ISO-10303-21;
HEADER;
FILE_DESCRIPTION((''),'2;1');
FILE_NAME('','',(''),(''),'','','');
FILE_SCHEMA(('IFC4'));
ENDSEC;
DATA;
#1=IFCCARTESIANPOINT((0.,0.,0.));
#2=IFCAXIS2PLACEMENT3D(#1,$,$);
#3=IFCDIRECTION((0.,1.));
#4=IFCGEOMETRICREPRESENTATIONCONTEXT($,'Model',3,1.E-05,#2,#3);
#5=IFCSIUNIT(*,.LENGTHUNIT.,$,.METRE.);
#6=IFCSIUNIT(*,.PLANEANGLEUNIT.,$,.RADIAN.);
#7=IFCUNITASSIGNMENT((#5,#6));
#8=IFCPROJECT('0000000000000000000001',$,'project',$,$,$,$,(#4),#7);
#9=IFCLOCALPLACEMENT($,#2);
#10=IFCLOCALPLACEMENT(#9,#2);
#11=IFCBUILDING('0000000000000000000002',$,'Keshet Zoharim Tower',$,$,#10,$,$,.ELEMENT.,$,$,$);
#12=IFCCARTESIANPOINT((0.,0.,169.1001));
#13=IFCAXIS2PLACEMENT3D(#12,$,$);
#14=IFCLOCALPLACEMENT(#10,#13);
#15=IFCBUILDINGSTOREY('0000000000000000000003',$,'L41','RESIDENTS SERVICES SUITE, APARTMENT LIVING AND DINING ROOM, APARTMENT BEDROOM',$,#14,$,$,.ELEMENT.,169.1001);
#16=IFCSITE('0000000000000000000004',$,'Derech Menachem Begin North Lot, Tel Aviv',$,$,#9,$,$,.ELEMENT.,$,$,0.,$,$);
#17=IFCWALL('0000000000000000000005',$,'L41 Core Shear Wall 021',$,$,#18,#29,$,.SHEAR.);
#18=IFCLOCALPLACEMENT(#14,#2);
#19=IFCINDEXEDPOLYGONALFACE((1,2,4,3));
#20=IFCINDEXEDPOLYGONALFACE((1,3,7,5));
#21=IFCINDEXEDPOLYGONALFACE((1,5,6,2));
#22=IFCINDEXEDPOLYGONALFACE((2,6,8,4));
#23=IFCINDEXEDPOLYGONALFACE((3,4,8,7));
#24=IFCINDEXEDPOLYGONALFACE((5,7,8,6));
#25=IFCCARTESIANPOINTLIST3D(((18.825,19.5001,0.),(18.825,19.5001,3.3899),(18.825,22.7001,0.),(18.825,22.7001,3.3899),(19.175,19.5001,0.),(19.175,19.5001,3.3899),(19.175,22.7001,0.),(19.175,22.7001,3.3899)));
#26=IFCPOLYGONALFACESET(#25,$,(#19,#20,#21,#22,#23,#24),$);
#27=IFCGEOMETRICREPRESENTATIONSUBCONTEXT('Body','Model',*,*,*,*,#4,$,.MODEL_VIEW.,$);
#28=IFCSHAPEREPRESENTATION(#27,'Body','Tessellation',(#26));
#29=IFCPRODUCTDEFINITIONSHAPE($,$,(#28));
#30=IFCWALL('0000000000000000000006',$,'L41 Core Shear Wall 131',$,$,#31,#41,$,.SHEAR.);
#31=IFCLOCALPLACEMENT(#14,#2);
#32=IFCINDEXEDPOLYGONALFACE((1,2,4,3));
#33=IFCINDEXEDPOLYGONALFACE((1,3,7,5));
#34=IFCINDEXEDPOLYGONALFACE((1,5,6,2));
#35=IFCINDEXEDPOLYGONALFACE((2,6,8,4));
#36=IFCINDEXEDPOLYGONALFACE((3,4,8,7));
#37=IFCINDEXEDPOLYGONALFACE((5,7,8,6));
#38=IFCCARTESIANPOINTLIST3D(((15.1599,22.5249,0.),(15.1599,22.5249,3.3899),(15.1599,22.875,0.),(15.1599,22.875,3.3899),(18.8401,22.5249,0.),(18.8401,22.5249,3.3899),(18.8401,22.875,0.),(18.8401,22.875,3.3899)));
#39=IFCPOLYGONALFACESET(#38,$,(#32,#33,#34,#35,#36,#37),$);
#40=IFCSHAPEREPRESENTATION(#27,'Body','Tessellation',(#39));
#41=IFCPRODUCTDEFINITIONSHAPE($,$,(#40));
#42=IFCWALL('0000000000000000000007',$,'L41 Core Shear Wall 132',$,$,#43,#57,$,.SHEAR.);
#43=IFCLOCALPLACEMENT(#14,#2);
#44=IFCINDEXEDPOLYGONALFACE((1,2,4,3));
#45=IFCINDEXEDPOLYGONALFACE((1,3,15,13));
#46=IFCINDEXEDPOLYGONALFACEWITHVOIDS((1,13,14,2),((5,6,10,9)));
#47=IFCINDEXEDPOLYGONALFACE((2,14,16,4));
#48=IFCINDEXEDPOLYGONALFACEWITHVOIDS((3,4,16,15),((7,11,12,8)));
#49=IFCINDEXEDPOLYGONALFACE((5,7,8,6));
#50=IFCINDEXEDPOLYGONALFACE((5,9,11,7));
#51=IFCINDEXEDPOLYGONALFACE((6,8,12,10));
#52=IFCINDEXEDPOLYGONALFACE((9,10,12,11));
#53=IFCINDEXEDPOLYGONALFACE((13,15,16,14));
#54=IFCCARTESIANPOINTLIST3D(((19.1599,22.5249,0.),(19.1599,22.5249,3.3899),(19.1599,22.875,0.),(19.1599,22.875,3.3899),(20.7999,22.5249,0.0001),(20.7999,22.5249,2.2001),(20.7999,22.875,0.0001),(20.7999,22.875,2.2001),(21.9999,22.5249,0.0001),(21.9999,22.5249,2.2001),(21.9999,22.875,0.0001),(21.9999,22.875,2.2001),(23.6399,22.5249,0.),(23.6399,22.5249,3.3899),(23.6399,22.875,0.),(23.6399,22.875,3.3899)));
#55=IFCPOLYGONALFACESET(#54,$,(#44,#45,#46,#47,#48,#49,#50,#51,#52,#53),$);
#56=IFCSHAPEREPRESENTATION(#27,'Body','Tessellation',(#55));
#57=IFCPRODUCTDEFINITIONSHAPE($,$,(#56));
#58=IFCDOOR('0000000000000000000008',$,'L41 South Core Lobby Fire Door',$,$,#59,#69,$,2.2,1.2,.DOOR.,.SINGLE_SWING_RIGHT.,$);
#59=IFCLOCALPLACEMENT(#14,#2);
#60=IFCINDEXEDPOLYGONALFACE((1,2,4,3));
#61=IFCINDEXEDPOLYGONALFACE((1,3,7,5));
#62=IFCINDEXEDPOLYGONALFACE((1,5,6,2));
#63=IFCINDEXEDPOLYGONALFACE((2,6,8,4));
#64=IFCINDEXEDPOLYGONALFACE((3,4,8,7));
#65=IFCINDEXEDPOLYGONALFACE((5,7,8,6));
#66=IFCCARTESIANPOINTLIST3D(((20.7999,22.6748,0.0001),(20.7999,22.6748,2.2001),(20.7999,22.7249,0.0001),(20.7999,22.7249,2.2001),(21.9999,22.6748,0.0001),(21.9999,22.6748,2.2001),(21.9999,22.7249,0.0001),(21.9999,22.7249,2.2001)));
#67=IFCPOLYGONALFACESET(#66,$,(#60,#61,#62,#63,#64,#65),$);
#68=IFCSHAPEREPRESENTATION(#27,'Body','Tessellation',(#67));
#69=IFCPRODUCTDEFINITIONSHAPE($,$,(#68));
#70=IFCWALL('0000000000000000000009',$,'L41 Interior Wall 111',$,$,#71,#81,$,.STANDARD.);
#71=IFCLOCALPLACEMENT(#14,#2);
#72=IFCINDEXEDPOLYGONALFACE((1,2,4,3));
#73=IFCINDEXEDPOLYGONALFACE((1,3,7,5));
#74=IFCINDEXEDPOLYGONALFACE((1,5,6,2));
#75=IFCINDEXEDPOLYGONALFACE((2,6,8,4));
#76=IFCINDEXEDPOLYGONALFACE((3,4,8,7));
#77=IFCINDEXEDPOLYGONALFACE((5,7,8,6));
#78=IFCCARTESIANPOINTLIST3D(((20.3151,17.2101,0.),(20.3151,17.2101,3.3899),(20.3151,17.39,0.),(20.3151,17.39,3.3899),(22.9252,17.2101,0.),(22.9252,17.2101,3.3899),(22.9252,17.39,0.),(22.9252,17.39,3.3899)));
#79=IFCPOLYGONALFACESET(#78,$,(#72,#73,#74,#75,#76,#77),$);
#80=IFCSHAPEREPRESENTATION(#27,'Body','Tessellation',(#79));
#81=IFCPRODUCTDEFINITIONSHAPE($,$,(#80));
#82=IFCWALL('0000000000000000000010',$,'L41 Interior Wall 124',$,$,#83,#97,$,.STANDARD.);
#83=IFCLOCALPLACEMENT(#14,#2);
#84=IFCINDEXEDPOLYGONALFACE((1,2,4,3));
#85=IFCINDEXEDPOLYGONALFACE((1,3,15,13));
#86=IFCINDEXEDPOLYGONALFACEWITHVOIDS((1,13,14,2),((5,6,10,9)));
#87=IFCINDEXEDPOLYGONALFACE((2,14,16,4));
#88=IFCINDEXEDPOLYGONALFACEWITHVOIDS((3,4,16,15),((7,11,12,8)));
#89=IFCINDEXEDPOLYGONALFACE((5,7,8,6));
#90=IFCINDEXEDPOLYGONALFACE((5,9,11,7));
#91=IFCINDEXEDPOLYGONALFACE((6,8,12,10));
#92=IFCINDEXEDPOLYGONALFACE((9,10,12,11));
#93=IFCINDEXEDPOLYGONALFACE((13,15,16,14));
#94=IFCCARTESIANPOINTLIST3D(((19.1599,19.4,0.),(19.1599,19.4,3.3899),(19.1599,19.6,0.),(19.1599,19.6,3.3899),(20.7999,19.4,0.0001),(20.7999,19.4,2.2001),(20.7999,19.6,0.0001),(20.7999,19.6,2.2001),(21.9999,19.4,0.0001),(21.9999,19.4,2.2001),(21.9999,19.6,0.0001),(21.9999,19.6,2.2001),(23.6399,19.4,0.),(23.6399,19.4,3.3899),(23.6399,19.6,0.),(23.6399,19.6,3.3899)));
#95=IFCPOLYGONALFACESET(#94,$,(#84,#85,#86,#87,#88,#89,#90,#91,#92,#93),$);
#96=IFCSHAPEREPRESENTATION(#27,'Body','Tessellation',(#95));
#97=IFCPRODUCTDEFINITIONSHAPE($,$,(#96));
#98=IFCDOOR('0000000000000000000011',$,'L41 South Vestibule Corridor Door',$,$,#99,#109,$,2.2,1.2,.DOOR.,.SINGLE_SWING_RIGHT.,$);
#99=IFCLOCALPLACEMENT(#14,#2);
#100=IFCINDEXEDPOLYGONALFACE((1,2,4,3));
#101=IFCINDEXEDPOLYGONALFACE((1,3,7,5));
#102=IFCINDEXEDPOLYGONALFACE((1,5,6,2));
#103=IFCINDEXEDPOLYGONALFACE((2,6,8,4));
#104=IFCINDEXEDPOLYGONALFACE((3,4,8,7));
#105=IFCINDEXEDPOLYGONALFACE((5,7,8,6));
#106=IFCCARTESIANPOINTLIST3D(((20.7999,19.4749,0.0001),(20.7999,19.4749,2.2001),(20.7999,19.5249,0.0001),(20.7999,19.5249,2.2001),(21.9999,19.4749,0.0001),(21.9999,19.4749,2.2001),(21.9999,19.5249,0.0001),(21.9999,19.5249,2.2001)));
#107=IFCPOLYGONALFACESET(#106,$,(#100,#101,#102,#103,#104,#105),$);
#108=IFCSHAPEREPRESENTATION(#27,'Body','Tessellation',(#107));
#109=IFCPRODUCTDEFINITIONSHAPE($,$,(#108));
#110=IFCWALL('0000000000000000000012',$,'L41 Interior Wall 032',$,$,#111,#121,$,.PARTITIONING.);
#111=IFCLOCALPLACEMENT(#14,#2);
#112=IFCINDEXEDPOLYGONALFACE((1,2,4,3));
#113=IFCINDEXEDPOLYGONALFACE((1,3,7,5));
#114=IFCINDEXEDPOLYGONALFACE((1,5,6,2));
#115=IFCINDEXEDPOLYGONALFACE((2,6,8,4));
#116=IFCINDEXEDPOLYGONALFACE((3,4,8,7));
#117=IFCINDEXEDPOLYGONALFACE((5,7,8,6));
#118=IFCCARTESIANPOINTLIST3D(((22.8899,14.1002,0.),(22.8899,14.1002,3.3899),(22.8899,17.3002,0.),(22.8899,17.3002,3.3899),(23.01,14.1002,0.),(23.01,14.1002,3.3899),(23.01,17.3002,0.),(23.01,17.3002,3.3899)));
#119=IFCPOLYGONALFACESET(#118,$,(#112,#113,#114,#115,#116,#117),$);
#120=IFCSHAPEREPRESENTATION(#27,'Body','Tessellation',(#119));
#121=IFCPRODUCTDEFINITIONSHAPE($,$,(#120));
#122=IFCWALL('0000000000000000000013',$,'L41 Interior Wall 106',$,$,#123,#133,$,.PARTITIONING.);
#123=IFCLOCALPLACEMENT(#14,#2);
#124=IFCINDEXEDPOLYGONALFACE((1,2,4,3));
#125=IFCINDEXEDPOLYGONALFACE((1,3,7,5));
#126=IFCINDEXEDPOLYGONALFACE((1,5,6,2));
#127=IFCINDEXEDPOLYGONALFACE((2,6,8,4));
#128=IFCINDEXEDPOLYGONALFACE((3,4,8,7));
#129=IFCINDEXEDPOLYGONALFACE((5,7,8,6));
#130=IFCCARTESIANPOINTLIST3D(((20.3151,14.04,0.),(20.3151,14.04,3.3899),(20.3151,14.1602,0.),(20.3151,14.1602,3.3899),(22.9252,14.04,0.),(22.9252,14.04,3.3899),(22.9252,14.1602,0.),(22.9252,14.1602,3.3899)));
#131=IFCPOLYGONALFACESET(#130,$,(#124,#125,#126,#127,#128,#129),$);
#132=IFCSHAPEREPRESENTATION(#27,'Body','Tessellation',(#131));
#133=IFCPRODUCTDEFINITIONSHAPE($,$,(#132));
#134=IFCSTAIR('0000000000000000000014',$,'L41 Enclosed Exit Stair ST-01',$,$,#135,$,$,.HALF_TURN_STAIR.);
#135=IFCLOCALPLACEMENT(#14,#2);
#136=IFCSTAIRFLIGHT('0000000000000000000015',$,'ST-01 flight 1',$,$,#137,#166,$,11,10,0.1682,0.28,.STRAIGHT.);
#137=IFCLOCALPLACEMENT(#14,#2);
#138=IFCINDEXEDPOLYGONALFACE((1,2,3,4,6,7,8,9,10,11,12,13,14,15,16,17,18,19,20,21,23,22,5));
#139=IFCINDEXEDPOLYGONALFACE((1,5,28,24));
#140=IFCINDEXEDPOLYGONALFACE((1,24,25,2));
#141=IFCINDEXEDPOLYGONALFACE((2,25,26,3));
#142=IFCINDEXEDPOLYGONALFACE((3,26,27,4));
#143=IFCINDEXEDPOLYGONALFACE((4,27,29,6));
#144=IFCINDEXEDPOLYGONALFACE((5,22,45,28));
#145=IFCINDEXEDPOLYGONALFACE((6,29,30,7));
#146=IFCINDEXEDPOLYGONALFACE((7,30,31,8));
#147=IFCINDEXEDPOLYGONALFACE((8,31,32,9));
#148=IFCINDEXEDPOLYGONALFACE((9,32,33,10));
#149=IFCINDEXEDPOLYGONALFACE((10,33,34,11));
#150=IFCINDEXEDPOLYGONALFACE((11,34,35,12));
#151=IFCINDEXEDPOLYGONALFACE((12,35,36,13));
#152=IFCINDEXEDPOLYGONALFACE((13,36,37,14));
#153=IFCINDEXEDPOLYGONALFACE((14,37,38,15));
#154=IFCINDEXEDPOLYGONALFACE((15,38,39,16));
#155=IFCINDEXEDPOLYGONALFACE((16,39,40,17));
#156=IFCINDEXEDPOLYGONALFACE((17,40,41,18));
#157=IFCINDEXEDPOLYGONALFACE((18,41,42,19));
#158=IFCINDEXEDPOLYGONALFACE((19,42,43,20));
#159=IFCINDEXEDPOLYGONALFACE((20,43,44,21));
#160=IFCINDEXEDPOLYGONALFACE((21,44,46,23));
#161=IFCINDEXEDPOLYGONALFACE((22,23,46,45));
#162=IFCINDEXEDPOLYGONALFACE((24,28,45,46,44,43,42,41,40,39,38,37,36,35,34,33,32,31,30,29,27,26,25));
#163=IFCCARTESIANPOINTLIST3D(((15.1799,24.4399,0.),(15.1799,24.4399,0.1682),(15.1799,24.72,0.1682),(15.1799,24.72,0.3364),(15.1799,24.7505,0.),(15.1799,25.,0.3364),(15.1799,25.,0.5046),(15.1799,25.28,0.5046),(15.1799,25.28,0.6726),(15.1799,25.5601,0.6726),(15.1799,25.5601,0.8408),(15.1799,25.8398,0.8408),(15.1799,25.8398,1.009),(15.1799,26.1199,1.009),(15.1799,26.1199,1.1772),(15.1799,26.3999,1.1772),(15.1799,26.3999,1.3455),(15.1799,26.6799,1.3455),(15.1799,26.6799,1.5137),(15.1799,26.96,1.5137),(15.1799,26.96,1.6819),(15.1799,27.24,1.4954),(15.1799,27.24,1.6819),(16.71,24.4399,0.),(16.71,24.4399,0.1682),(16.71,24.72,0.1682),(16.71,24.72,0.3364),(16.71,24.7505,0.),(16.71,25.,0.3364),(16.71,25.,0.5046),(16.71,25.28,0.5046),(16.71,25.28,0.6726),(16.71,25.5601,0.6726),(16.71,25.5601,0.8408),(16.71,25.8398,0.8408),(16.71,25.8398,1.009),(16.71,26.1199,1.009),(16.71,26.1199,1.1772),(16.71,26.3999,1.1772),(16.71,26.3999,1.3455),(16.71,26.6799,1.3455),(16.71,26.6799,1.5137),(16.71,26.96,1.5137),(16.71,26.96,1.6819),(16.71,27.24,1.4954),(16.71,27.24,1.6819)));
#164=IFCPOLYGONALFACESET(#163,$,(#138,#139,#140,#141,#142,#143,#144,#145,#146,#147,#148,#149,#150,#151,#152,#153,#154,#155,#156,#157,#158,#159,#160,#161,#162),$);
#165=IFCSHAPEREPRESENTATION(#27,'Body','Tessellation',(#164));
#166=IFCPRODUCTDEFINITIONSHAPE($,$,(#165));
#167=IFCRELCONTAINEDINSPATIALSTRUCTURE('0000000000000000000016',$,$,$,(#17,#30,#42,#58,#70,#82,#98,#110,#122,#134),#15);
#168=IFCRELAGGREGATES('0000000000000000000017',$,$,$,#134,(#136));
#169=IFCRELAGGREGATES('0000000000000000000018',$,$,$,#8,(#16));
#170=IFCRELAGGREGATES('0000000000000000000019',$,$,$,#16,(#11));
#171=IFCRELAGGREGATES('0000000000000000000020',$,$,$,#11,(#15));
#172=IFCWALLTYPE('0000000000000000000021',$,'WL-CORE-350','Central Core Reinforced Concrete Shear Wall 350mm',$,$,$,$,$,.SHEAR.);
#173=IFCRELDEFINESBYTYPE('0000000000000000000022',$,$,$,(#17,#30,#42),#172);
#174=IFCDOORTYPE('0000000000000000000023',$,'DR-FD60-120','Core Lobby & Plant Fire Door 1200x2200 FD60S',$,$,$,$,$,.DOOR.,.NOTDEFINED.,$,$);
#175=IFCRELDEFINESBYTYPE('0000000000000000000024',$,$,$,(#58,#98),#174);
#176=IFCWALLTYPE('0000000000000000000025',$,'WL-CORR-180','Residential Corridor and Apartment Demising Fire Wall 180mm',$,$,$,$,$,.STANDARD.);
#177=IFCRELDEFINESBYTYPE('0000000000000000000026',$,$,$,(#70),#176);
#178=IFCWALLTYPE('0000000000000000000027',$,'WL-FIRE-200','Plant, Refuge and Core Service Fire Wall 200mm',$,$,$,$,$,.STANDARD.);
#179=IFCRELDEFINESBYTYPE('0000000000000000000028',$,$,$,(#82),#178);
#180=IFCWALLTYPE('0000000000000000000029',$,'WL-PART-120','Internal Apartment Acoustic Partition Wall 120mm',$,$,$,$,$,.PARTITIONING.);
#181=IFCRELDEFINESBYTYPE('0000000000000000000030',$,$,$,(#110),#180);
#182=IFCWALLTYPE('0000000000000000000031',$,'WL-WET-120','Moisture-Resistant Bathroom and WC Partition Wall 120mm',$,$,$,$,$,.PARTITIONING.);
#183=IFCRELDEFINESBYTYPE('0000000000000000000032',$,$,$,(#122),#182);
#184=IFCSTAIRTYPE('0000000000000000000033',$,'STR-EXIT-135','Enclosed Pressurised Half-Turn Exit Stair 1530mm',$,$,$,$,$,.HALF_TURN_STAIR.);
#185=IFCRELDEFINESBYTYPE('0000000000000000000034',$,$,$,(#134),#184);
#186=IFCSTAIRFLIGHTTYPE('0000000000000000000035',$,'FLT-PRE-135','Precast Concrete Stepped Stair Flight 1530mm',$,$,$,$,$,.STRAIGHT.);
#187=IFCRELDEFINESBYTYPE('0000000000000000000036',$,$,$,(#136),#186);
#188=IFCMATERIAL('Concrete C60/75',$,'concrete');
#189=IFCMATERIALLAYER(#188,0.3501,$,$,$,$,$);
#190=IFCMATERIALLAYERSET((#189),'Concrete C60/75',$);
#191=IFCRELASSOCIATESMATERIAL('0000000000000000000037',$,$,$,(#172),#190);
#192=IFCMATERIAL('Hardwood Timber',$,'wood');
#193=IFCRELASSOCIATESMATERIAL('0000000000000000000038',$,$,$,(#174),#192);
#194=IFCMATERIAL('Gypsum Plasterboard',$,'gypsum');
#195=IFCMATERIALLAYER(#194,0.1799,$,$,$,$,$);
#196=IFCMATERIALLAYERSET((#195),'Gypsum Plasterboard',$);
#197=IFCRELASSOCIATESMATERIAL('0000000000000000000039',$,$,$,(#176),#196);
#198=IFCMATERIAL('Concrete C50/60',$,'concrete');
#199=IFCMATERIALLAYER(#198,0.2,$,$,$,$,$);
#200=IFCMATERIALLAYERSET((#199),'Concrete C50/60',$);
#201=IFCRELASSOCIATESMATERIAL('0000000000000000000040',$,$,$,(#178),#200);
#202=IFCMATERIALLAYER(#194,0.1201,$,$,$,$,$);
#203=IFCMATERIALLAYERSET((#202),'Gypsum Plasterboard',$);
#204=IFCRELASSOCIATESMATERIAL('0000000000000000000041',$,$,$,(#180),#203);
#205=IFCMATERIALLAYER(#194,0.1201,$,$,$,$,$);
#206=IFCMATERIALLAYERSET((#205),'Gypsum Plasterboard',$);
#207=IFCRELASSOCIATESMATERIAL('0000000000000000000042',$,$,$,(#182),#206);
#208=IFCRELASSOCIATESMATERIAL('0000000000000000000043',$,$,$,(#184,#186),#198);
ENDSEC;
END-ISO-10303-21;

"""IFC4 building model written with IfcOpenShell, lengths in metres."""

from ifc_helpers import new_model, si_unit, direction, frame, frame_2d, origin, place, context, subcontext, project, spatial, polyline, rectangle, outline, extrude, material, layer, layer_set, type_object, element, fill, aggregate, save


model = new_model("IFC4")

# Units and contexts
model_context = context("Model", 3, precision=1e-05, world=origin(), true_north=direction((0.0, 1.0)))
body_context = subcontext(model_context, "Body", "Model", "MODEL_VIEW")
ifc_project = project(units=[si_unit("LENGTHUNIT", "METRE"), si_unit("PLANEANGLEUNIT", "RADIAN")], contexts=[model_context])

# Site, building, storey
site_placement = place(None, origin())
site = spatial("IfcSite", under=ifc_project, at=site_placement, Name="Derech Menachem Begin North Lot, Tel Aviv", CompositionType="ELEMENT", RefElevation=0.0)
building_placement = place(site_placement, origin())
building = spatial("IfcBuilding", under=site, at=building_placement, Name="Keshet Zoharim Tower", CompositionType="ELEMENT")
storey_placement = place(building_placement, frame((0.0, 0.0, 169.1001)))
storey = spatial("IfcBuildingStorey", under=building, at=storey_placement, Name="L41", Description="RESIDENTS SERVICES SUITE, APARTMENT LIVING AND DINING ROOM, APARTMENT BEDROOM", CompositionType="ELEMENT", Elevation=169.1001)

# Wall
ifc_material_1 = material(Name="Concrete C60/75", Category="concrete")
ifc_layer_1 = layer(ifc_material_1, 0.3501)
ifc_layer_set_1 = layer_set([ifc_layer_1], Name="Concrete C60/75")
wall_type_1 = type_object("IfcWallType", Name="WL-CORE-350", Description="Central Core Reinforced Concrete Shear Wall 350mm", PredefinedType="SHEAR", material=ifc_layer_set_1)
wall_1_placement = place(storey_placement, frame((19.0, 19.5, 0.0), z_axis=(0.0, 0.0, 1.0), x_axis=(0.0, 1.0, 0.0)))
element("IfcWall", 1, at=wall_1_placement, inside=storey, type_object=wall_type_1, Name="L41 Core Shear Wall 021", PredefinedType="SHEAR", context=body_context, shape_type="SweptSolid", body=[
    extrude(rectangle(XDim=3.2, YDim=0.3501, at=frame_2d((1.6001, 0.0))), origin(), (0.0, 0.0, 1.0), 3.3899),
])

# Shared definitions
ifc_material_2 = material(Name="Hardwood Timber", Category="wood")

# Wall
wall_2_placement = place(storey_placement, frame((15.1599, 22.7, 0.0), z_axis=(0.0, 0.0, 1.0), x_axis=(1.0, 0.0, 0.0)))
element("IfcWall", 2, at=wall_2_placement, inside=storey, type_object=wall_type_1, Name="L41 Core Shear Wall 131", PredefinedType="SHEAR", context=body_context, shape_type="SweptSolid", body=[
    extrude(rectangle(XDim=3.6802, YDim=0.3501, at=frame_2d((1.8401, 0.0))), origin(), (0.0, 0.0, 1.0), 3.3899),
])

# Wall, opening, door
wall_3_placement = place(storey_placement, frame((19.1599, 22.7, 0.0), z_axis=(0.0, 0.0, 1.0), x_axis=(1.0, 0.0, 0.0)))
wall_3 = element("IfcWall", 3, at=wall_3_placement, inside=storey, type_object=wall_type_1, Name="L41 Core Shear Wall 132", PredefinedType="SHEAR", context=body_context, shape_type="SweptSolid", body=[
    extrude(rectangle(XDim=4.48, YDim=0.3501, at=frame_2d((2.24, 0.0))), origin(), (0.0, 0.0, 1.0), 3.3899),
])
opening_1_placement = place(wall_3_placement, frame((1.6399, 0.0, 0.0)))
opening_1 = element("IfcOpeningElement", 4, at=opening_1_placement, cuts=wall_3, PredefinedType="OPENING", context=body_context, shape_type="SweptSolid", body=[
    extrude(rectangle(XDim=1.2, YDim=2.2, at=frame_2d((0.6001, 1.1001))), frame((0.0, 0.1851, 0.0), z_axis=(0.0, -1.0, 0.0), x_axis=(1.0, 0.0, 0.0)), (0.0, 0.0, 1.0), 0.3701),
])
door_type_1 = type_object("IfcDoorType", Name="DR-FD60-120", Description="Core Lobby & Plant Fire Door 1200x2200 FD60S", OperationType="NOTDEFINED", PredefinedType="DOOR", material=ifc_material_2)
door_1_placement = place(opening_1_placement, origin())
door_1 = element("IfcDoor", 5, at=door_1_placement, inside=storey, type_object=door_type_1, Name="L41 South Core Lobby Fire Door", OperationType="SINGLE_SWING_RIGHT", OverallHeight=2.2, OverallWidth=1.2, PredefinedType="DOOR", context=body_context, shape_type="SweptSolid", body=[
    extrude(rectangle(XDim=1.2, YDim=2.2, at=frame_2d((0.6001, 1.1001))), frame((0.0, 0.0249, 0.0), z_axis=(0.0, -1.0, 0.0), x_axis=(1.0, 0.0, 0.0)), (0.0, 0.0, 1.0), 0.05),
])
fill(opening_1, door_1)

# Wall
ifc_material_3 = material(Name="Gypsum Plasterboard", Category="gypsum")
ifc_layer_2 = layer(ifc_material_3, 0.1799)
ifc_layer_set_2 = layer_set([ifc_layer_2], Name="Gypsum Plasterboard")
wall_type_2 = type_object("IfcWallType", Name="WL-CORR-180", Description="Residential Corridor and Apartment Demising Fire Wall 180mm", PredefinedType="STANDARD", material=ifc_layer_set_2)
wall_4_placement = place(storey_placement, frame((20.3149, 17.3, 0.0), z_axis=(0.0, 0.0, 1.0), x_axis=(1.0, 0.0, 0.0)))
element("IfcWall", 6, at=wall_4_placement, inside=storey, type_object=wall_type_2, Name="L41 Interior Wall 111", PredefinedType="STANDARD", context=body_context, shape_type="SweptSolid", body=[
    extrude(rectangle(XDim=2.6101, YDim=0.1799, at=frame_2d((1.3052, 0.0))), origin(), (0.0, 0.0, 1.0), 3.3899),
])

# Wall, opening, door
ifc_material_4 = material(Name="Concrete C50/60", Category="concrete")
ifc_layer_3 = layer(ifc_material_4, 0.2)
ifc_layer_set_3 = layer_set([ifc_layer_3], Name="Concrete C50/60")
wall_type_3 = type_object("IfcWallType", Name="WL-FIRE-200", Description="Plant, Refuge and Core Service Fire Wall 200mm", PredefinedType="STANDARD", material=ifc_layer_set_3)
wall_5_placement = place(storey_placement, frame((19.1599, 19.5, 0.0), z_axis=(0.0, 0.0, 1.0), x_axis=(1.0, 0.0, 0.0)))
wall_5 = element("IfcWall", 7, at=wall_5_placement, inside=storey, type_object=wall_type_3, Name="L41 Interior Wall 124", PredefinedType="STANDARD", context=body_context, shape_type="SweptSolid", body=[
    extrude(rectangle(XDim=4.48, YDim=0.2, at=frame_2d((2.24, 0.0))), origin(), (0.0, 0.0, 1.0), 3.3899),
])
opening_2_placement = place(wall_5_placement, frame((1.6399, 0.0, 0.0)))
opening_2 = element("IfcOpeningElement", 8, at=opening_2_placement, cuts=wall_5, PredefinedType="OPENING", context=body_context, shape_type="SweptSolid", body=[
    extrude(rectangle(XDim=1.2, YDim=2.2, at=frame_2d((0.6001, 1.1001))), frame((0.0, 0.1099, 0.0), z_axis=(0.0, -1.0, 0.0), x_axis=(1.0, 0.0, 0.0)), (0.0, 0.0, 1.0), 0.22),
])
door_2_placement = place(opening_2_placement, origin())
door_2 = element("IfcDoor", 9, at=door_2_placement, inside=storey, type_object=door_type_1, Name="L41 South Vestibule Corridor Door", OperationType="SINGLE_SWING_RIGHT", OverallHeight=2.2, OverallWidth=1.2, PredefinedType="DOOR", context=body_context, shape_type="SweptSolid", body=[
    extrude(rectangle(XDim=1.2, YDim=2.2, at=frame_2d((0.6001, 1.1001))), frame((0.0, 0.0249, 0.0), z_axis=(0.0, -1.0, 0.0), x_axis=(1.0, 0.0, 0.0)), (0.0, 0.0, 1.0), 0.05),
])
fill(opening_2, door_2)
ifc_layer_4 = layer(ifc_material_3, 0.1201)
ifc_layer_set_4 = layer_set([ifc_layer_4], Name="Gypsum Plasterboard")
wall_type_4 = type_object("IfcWallType", Name="WL-PART-120", Description="Internal Apartment Acoustic Partition Wall 120mm", PredefinedType="PARTITIONING", material=ifc_layer_set_4)

# Walls
wall_6_placement = place(storey_placement, frame((22.95, 14.1001, 0.0), z_axis=(0.0, 0.0, 1.0), x_axis=(0.0, 1.0, 0.0)))
element("IfcWall", 10, at=wall_6_placement, inside=storey, type_object=wall_type_4, Name="L41 Interior Wall 032", PredefinedType="PARTITIONING", context=body_context, shape_type="SweptSolid", body=[
    extrude(rectangle(XDim=3.2, YDim=0.1201, at=frame_2d((1.6001, 0.0))), origin(), (0.0, 0.0, 1.0), 3.3899),
])
ifc_layer_5 = layer(ifc_material_3, 0.1201)
ifc_layer_set_5 = layer_set([ifc_layer_5], Name="Gypsum Plasterboard")
wall_type_5 = type_object("IfcWallType", Name="WL-WET-120", Description="Moisture-Resistant Bathroom and WC Partition Wall 120mm", PredefinedType="PARTITIONING", material=ifc_layer_set_5)
wall_7_placement = place(storey_placement, frame((20.3149, 14.1001, 0.0), z_axis=(0.0, 0.0, 1.0), x_axis=(1.0, 0.0, 0.0)))
element("IfcWall", 11, at=wall_7_placement, inside=storey, type_object=wall_type_5, Name="L41 Interior Wall 106", PredefinedType="PARTITIONING", context=body_context, shape_type="SweptSolid", body=[
    extrude(rectangle(XDim=2.6101, YDim=0.1201, at=frame_2d((1.3052, 0.0))), origin(), (0.0, 0.0, 1.0), 3.3899),
])

# Stair, stair flight
stair_type = type_object("IfcStairType", Name="STR-EXIT-135", Description="Enclosed Pressurised Half-Turn Exit Stair 1530mm", PredefinedType="HALF_TURN_STAIR", material=ifc_material_4)
stair_placement = place(storey_placement, origin())
stair = element("IfcStair", 12, at=stair_placement, inside=storey, type_object=stair_type, Name="L41 Enclosed Exit Stair ST-01", PredefinedType="HALF_TURN_STAIR")
stair_flight_type = type_object("IfcStairFlightType", Name="FLT-PRE-135", Description="Precast Concrete Stepped Stair Flight 1530mm", PredefinedType="STRAIGHT", material=ifc_material_4)
stair_flight_placement = place(storey_placement, frame((15.9451, 24.4399, 0.0), z_axis=(0.0, 0.0, 1.0), x_axis=(0.0, 1.0, 0.0)))
stair_flight = element("IfcStairFlight", 13, at=stair_flight_placement, type_object=stair_flight_type, Name="ST-01 flight 1", NumberOfRisers=11, NumberOfTreads=10, PredefinedType="STRAIGHT", RiserHeight=0.1682, TreadLength=0.28, context=body_context, shape_type="SweptSolid", body=[
    extrude(outline(polyline([(0.0, 0.0), (0.0, 0.1682), (0.28, 0.1682), (0.28, 0.3364), (0.5601, 0.3364), (0.5601, 0.5046), (0.8401, 0.5046), (0.8401, 0.6726), (1.1201, 0.6726), (1.1201, 0.8408), (1.3999, 0.8408), (1.3999, 1.009), (1.6799, 1.009), (1.6799, 1.1772), (1.96, 1.1772), (1.96, 1.3455), (2.24, 1.3455), (2.24, 1.5137), (2.52, 1.5137), (2.52, 1.6819), (2.8, 1.6819), (2.8, 1.8501), (2.8, 1.4954), (0.3105, 0.0), (0.0, 0.0)])), frame((0.0, 0.7651, 0.0), z_axis=(0.0, -1.0, 0.0), x_axis=(1.0, 0.0, 0.0)), (0.0, 0.0, 1.0), 1.53),
])
aggregate(stair, [stair_flight])

save(model, "model.ifc")
